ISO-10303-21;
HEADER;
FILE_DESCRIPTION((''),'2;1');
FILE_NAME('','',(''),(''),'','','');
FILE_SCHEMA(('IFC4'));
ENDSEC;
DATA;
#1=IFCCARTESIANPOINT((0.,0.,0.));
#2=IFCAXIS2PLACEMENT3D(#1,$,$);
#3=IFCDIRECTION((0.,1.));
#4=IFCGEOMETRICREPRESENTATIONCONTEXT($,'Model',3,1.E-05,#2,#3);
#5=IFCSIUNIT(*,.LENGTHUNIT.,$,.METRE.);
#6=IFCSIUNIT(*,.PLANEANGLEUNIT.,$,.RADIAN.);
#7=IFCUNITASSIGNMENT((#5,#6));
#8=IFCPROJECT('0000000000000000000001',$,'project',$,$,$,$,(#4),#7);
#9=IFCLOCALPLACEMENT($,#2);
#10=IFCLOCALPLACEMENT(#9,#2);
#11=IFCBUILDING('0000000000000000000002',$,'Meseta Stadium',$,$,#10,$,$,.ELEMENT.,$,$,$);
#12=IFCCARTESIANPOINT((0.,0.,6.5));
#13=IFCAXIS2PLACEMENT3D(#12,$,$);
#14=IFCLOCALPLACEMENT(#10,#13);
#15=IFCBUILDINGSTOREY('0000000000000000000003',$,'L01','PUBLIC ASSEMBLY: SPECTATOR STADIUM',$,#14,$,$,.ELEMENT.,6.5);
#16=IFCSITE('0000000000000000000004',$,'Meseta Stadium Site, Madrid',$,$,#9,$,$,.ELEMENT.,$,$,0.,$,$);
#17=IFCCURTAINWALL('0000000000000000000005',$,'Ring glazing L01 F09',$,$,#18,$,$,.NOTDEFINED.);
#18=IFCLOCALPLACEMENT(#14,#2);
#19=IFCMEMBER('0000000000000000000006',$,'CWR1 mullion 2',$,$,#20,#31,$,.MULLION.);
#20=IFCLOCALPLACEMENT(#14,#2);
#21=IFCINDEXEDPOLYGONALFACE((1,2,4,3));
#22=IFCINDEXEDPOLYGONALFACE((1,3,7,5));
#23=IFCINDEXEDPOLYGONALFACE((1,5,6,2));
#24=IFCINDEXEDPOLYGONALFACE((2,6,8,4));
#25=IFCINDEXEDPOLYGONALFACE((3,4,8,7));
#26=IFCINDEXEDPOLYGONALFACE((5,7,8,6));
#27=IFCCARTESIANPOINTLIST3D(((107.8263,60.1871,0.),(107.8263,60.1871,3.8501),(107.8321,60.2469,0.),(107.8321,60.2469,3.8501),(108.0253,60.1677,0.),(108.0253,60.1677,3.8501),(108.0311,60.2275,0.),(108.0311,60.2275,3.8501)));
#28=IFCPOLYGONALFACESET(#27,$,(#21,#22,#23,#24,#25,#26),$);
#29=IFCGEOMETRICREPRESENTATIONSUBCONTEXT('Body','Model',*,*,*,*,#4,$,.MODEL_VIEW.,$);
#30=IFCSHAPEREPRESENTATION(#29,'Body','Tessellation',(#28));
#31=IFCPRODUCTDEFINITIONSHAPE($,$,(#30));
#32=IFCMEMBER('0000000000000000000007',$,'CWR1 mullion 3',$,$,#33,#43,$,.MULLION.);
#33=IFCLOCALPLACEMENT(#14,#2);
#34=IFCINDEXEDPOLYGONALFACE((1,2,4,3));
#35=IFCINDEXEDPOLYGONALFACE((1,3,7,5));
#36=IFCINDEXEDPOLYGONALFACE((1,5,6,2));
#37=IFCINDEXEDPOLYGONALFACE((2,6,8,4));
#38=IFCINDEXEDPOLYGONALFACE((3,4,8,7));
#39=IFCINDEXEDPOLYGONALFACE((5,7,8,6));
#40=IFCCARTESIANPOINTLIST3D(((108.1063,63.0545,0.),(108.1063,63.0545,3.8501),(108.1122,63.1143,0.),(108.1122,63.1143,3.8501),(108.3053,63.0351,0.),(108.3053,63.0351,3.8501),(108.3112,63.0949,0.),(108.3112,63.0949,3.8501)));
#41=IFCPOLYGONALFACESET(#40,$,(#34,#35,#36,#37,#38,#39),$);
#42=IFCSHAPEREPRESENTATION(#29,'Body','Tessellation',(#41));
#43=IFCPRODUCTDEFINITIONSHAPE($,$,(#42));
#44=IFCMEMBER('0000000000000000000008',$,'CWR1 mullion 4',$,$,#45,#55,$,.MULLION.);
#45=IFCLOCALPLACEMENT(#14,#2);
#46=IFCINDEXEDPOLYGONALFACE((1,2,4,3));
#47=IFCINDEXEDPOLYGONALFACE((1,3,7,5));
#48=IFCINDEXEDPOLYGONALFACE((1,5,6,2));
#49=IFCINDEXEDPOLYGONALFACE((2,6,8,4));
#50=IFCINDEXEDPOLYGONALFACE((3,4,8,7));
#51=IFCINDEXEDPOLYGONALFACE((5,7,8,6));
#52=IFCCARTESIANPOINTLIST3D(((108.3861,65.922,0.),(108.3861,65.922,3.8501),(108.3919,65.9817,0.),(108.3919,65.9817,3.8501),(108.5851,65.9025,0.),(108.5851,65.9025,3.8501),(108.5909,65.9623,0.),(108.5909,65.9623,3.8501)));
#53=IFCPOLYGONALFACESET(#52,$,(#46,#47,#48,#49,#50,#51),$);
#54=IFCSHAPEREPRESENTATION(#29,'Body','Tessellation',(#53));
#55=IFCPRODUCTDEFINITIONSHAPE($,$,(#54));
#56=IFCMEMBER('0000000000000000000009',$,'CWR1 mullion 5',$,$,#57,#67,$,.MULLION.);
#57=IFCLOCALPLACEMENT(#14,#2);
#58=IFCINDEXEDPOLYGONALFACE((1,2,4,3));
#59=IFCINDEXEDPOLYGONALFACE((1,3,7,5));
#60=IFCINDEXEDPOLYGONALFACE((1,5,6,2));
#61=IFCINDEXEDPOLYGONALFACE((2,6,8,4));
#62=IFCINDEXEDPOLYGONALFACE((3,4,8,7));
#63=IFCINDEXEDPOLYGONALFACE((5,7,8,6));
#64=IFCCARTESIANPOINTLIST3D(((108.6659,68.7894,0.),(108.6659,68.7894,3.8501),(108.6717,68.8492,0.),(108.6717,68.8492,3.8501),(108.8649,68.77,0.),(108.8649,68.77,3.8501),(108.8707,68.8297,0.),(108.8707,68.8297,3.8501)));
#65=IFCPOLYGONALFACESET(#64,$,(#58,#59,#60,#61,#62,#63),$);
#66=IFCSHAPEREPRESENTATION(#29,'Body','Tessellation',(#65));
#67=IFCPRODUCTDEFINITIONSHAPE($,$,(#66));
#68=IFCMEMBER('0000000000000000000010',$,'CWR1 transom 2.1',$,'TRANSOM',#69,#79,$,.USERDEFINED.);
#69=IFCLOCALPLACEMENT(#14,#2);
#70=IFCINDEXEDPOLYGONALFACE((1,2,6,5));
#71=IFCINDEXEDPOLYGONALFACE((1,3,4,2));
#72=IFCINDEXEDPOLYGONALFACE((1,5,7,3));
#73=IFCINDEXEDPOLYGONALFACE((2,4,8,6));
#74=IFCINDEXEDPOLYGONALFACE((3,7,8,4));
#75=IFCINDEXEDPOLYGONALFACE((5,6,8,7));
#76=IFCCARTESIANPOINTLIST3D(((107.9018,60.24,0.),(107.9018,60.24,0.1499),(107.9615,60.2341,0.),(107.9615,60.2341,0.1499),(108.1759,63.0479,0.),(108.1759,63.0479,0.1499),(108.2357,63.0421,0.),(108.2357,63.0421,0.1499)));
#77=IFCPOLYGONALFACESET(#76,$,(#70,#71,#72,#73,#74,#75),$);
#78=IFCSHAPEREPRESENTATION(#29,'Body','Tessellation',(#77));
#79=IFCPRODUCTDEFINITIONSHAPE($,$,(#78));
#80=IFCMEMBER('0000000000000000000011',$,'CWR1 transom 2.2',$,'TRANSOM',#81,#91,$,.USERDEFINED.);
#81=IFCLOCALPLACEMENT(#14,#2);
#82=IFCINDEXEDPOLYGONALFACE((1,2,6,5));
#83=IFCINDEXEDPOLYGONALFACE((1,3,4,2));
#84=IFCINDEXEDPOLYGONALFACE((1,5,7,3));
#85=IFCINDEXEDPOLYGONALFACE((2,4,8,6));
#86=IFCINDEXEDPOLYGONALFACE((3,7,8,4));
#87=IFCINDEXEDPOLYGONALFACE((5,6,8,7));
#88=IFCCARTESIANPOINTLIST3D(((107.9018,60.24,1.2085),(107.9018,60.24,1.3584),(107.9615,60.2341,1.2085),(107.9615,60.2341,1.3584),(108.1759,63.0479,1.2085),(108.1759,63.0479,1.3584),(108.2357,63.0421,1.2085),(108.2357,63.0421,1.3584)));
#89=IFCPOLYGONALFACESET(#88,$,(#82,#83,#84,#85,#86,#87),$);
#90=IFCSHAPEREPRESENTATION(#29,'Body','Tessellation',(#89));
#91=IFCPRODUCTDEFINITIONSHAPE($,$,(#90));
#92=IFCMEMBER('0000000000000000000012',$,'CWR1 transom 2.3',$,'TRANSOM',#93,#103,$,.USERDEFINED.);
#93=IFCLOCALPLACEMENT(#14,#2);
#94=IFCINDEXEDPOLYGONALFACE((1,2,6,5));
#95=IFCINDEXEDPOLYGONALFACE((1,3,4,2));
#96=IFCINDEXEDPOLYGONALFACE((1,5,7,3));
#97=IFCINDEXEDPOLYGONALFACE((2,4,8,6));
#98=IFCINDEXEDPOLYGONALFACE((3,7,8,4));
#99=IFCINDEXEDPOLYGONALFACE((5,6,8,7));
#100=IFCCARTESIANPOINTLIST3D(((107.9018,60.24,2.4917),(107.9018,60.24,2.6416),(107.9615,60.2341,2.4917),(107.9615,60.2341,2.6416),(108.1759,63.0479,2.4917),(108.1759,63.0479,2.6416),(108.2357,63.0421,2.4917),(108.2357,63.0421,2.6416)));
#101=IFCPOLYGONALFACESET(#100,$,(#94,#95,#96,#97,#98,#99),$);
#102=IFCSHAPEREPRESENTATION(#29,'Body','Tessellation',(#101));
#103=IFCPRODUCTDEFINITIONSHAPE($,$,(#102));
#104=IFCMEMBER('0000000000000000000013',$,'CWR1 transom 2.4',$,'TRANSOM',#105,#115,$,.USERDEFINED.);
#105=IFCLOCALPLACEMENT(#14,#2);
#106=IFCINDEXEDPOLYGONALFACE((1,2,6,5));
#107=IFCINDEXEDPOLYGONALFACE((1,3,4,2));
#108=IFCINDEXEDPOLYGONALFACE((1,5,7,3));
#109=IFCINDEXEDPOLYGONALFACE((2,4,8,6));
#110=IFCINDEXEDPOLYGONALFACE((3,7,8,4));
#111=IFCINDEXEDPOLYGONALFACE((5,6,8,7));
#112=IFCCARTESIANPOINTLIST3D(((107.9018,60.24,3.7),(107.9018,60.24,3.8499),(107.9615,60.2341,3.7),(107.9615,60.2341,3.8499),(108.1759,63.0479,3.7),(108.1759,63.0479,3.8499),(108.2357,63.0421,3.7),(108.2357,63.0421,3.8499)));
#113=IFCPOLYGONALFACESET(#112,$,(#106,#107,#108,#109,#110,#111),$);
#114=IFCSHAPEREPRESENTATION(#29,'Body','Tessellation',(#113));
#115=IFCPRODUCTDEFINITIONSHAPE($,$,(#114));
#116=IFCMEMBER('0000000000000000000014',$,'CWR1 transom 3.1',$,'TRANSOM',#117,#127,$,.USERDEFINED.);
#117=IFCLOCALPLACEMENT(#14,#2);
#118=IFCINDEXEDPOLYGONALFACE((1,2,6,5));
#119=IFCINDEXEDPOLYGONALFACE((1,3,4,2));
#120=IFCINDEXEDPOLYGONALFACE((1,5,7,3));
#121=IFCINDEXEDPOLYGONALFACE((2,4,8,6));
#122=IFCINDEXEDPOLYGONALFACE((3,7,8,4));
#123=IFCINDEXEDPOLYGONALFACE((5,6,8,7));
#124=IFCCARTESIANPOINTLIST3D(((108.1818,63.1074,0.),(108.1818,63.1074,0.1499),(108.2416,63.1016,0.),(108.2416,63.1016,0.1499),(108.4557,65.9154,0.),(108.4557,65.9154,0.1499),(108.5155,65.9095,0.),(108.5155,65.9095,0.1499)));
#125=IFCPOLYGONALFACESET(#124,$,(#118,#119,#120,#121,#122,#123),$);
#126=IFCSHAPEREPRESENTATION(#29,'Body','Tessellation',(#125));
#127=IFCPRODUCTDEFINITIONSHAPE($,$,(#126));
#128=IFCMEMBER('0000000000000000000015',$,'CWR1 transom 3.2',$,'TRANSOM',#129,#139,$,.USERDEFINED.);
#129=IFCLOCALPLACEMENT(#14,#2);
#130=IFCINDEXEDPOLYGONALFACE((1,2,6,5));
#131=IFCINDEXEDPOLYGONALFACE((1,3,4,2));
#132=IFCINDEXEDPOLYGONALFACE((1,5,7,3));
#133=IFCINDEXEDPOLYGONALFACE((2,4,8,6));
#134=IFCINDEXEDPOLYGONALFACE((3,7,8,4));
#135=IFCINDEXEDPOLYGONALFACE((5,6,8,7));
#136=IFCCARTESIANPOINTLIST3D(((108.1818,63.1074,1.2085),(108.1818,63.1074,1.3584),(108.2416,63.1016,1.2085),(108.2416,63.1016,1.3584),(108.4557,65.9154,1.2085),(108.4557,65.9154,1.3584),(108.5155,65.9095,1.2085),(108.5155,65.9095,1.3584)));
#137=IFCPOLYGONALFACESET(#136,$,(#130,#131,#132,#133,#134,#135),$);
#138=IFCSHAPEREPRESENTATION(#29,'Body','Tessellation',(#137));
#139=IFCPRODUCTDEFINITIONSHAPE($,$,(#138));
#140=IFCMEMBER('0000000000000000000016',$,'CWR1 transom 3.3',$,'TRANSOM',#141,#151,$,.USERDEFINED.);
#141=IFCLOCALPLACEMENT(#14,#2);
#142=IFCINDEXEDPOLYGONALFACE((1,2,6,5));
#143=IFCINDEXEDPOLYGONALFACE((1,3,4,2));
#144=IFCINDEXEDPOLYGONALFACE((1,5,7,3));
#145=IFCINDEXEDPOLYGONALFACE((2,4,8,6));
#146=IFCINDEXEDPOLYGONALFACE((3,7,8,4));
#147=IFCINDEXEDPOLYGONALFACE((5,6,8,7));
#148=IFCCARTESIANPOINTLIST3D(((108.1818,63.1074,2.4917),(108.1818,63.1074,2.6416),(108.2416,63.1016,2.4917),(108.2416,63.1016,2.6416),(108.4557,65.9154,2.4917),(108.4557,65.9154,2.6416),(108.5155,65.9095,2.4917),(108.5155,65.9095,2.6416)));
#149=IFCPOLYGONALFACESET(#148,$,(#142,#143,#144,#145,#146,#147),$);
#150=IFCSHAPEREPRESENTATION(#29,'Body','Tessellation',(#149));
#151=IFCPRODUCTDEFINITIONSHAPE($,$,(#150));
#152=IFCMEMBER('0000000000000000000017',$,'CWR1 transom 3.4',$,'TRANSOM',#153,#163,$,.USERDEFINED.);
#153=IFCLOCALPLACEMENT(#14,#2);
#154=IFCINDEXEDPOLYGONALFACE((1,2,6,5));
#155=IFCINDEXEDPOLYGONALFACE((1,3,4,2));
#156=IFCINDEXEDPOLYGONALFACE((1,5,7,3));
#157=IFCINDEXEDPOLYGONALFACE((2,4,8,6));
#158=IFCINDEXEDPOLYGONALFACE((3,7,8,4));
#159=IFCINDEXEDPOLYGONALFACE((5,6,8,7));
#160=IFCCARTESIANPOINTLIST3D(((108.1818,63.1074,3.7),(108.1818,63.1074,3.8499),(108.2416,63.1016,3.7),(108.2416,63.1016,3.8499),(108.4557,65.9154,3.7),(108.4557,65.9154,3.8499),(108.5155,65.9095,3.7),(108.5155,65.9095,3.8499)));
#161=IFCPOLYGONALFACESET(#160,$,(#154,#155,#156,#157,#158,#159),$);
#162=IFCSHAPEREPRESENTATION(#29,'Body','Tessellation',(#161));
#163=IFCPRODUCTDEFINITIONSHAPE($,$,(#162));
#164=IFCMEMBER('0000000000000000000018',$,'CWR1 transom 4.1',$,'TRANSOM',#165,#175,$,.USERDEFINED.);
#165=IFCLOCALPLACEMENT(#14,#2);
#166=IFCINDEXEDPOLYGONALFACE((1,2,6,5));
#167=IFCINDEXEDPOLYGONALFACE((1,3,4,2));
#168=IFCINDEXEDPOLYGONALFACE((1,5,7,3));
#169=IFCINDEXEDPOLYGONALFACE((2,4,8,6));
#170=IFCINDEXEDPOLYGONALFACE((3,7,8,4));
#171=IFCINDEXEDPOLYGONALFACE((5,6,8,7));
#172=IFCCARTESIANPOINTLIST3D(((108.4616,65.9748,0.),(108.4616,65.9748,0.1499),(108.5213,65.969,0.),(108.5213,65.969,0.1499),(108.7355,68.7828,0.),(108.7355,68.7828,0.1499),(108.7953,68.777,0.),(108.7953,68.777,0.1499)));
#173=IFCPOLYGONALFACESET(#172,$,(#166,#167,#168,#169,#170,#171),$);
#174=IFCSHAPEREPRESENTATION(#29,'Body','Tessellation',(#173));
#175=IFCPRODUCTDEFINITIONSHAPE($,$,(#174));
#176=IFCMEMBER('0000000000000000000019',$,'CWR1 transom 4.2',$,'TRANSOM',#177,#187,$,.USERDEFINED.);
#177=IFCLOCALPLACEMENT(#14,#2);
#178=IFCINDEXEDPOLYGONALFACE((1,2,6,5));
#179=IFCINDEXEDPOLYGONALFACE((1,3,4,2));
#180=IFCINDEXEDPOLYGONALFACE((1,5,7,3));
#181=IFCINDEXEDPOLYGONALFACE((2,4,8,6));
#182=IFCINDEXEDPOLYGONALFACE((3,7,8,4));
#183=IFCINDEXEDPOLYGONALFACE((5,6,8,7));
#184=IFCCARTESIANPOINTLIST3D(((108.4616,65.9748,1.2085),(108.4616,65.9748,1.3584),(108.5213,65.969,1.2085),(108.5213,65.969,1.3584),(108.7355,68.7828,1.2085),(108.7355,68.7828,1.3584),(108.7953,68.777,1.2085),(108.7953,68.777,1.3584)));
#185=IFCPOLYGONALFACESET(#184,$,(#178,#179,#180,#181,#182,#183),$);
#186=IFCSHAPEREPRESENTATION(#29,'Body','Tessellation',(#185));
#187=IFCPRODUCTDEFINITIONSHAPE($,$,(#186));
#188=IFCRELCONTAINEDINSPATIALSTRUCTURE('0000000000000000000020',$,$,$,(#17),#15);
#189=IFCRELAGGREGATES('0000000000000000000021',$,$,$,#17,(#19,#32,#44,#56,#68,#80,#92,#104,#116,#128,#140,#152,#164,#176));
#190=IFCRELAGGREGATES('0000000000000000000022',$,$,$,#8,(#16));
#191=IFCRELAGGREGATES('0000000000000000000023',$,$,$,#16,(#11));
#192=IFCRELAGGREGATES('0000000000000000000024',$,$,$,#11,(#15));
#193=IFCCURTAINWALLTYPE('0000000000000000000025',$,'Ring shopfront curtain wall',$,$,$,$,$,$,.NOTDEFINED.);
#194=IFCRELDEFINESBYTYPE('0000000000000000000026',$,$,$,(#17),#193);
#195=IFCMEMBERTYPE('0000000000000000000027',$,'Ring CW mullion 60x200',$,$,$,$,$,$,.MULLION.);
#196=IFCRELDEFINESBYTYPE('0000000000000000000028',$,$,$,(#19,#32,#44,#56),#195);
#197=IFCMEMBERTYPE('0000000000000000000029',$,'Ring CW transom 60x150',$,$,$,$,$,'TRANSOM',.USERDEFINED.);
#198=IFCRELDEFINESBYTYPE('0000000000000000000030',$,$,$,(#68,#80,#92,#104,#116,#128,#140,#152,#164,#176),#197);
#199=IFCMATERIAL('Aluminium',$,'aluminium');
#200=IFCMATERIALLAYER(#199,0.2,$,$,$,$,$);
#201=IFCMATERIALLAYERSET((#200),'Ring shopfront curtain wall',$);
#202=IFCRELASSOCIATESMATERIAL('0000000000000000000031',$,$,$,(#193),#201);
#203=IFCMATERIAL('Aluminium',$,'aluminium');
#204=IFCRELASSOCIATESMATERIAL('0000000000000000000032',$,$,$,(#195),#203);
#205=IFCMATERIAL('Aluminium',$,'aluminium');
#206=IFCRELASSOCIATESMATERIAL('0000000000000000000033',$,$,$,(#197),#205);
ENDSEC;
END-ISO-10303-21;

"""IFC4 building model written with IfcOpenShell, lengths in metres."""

from ifc_helpers import new_model, si_unit, direction, frame, origin, origin_2d, place, context, subcontext, project, spatial, rectangle, extrude, material, layer, layer_set, material_profile, profile_set, type_object, element, aggregate, save


model = new_model("IFC4")

# Units and contexts
model_context = context("Model", 3, precision=1e-05, world=origin(), true_north=direction((0.0, 1.0)))
body_context = subcontext(model_context, "Body", "Model", "MODEL_VIEW")
ifc_project = project(units=[si_unit("LENGTHUNIT", "METRE"), si_unit("PLANEANGLEUNIT", "RADIAN")], contexts=[model_context])

# Site, building, storey
site_placement = place(None, origin())
site = spatial("IfcSite", under=ifc_project, at=site_placement, Name="Meseta Stadium Site, Madrid", CompositionType="ELEMENT", RefElevation=0.0)
building_placement = place(site_placement, origin())
building = spatial("IfcBuilding", under=site, at=building_placement, Name="Meseta Stadium", CompositionType="ELEMENT")
storey_placement = place(building_placement, frame((0.0, 0.0, 6.5)))
storey = spatial("IfcBuildingStorey", under=building, at=storey_placement, Name="L01", Description="PUBLIC ASSEMBLY: SPECTATOR STADIUM", CompositionType="ELEMENT", Elevation=6.5)

# Curtain wall, members
ifc_material_1 = material(Name="Aluminium", Category="aluminium")
ifc_layer_1 = layer(ifc_material_1, 0.2)
ifc_layer_set_1 = layer_set([ifc_layer_1], Name="Ring shopfront curtain wall")
curtain_wall_type = type_object("IfcCurtainWallType", Name="Ring shopfront curtain wall", PredefinedType="NOTDEFINED", material=ifc_layer_set_1)
curtain_wall_placement = place(storey_placement, origin())
curtain_wall = element("IfcCurtainWall", 1, at=curtain_wall_placement, inside=storey, type_object=curtain_wall_type, Name="Ring glazing L01 F09", PredefinedType="NOTDEFINED")
ifc_material_2 = material(Name="Aluminium", Category="aluminium")
ifc_material_profile_1 = material_profile(ifc_material_2, rectangle(XDim=0.2, YDim=0.0601, at=origin_2d()), Name="CW 200x60")
ifc_profile_set_1 = profile_set([ifc_material_profile_1], Name="Aluminium")
member_type_1 = type_object("IfcMemberType", Name="Ring CW mullion 60x200", PredefinedType="MULLION", material=ifc_profile_set_1)
member_1_placement = place(storey_placement, frame((107.9287, 60.2073, 0.0), z_axis=(0.0, 0.0, 1.0), x_axis=(-0.995272, 0.097125, 0.0)))
member_1 = element("IfcMember", 2, at=member_1_placement, type_object=member_type_1, Name="CWR1 mullion 2", PredefinedType="MULLION", context=body_context, shape_type="SweptSolid", body=[
    extrude(rectangle(XDim=0.2, YDim=0.0601, at=origin_2d()), origin(), (0.0, 0.0, 1.0), 3.8501),
])
member_2_placement = place(storey_placement, frame((108.2087, 63.0747, 0.0), z_axis=(0.0, 0.0, 1.0), x_axis=(-0.995272, 0.097125, 0.0)))
member_2 = element("IfcMember", 3, at=member_2_placement, type_object=member_type_1, Name="CWR1 mullion 3", PredefinedType="MULLION", context=body_context, shape_type="SweptSolid", body=[
    extrude(rectangle(XDim=0.2, YDim=0.0601, at=origin_2d()), origin(), (0.0, 0.0, 1.0), 3.8501),
])
member_3_placement = place(storey_placement, frame((108.4885, 65.9421, 0.0), z_axis=(0.0, 0.0, 1.0), x_axis=(-0.995272, 0.097125, 0.0)))
member_3 = element("IfcMember", 4, at=member_3_placement, type_object=member_type_1, Name="CWR1 mullion 4", PredefinedType="MULLION", context=body_context, shape_type="SweptSolid", body=[
    extrude(rectangle(XDim=0.2, YDim=0.0601, at=origin_2d()), origin(), (0.0, 0.0, 1.0), 3.8501),
])
member_4_placement = place(storey_placement, frame((108.7683, 68.8096, 0.0), z_axis=(0.0, 0.0, 1.0), x_axis=(-0.995272, 0.097125, 0.0)))
member_4 = element("IfcMember", 5, at=member_4_placement, type_object=member_type_1, Name="CWR1 mullion 5", PredefinedType="MULLION", context=body_context, shape_type="SweptSolid", body=[
    extrude(rectangle(XDim=0.2, YDim=0.0601, at=origin_2d()), origin(), (0.0, 0.0, 1.0), 3.8501),
])
ifc_material_3 = material(Name="Aluminium", Category="aluminium")
ifc_material_profile_2 = material_profile(ifc_material_3, rectangle(XDim=0.0601, YDim=0.1499, at=origin_2d()), Name="CW 60x150")
ifc_profile_set_2 = profile_set([ifc_material_profile_2], Name="Aluminium")
member_type_2 = type_object("IfcMemberType", Name="Ring CW transom 60x150", ElementType="TRANSOM", PredefinedType="USERDEFINED", material=ifc_profile_set_2)
member_5_placement = place(storey_placement, frame((107.9316, 60.2371, 0.075), z_axis=(0.097182, 0.995267, 0.0), x_axis=(-0.995267, 0.097182, 0.0)))
member_5 = element("IfcMember", 6, at=member_5_placement, type_object=member_type_2, Name="CWR1 transom 2.1", ObjectType="TRANSOM", PredefinedType="USERDEFINED", context=body_context, shape_type="SweptSolid", body=[
    extrude(rectangle(XDim=0.0601, YDim=0.1499, at=origin_2d()), origin(), (0.0, 0.0, 1.0), 2.8213),
])
member_6_placement = place(storey_placement, frame((107.9316, 60.2371, 1.2834), z_axis=(0.097182, 0.995267, 0.0), x_axis=(-0.995267, 0.097182, 0.0)))
member_6 = element("IfcMember", 7, at=member_6_placement, type_object=member_type_2, Name="CWR1 transom 2.2", ObjectType="TRANSOM", PredefinedType="USERDEFINED", context=body_context, shape_type="SweptSolid", body=[
    extrude(rectangle(XDim=0.0601, YDim=0.1499, at=origin_2d()), origin(), (0.0, 0.0, 1.0), 2.8213),
])
member_7_placement = place(storey_placement, frame((107.9316, 60.2371, 2.5667), z_axis=(0.097182, 0.995267, 0.0), x_axis=(-0.995267, 0.097182, 0.0)))
member_7 = element("IfcMember", 8, at=member_7_placement, type_object=member_type_2, Name="CWR1 transom 2.3", ObjectType="TRANSOM", PredefinedType="USERDEFINED", context=body_context, shape_type="SweptSolid", body=[
    extrude(rectangle(XDim=0.0601, YDim=0.1499, at=origin_2d()), origin(), (0.0, 0.0, 1.0), 2.8213),
])
member_8_placement = place(storey_placement, frame((107.9316, 60.2371, 3.7749), z_axis=(0.097182, 0.995267, 0.0), x_axis=(-0.995267, 0.097182, 0.0)))
member_8 = element("IfcMember", 9, at=member_8_placement, type_object=member_type_2, Name="CWR1 transom 2.4", ObjectType="TRANSOM", PredefinedType="USERDEFINED", context=body_context, shape_type="SweptSolid", body=[
    extrude(rectangle(XDim=0.0601, YDim=0.1499, at=origin_2d()), origin(), (0.0, 0.0, 1.0), 2.8213),
])
member_9_placement = place(storey_placement, frame((108.2117, 63.1045, 0.075), z_axis=(0.097096, 0.995275, 0.0), x_axis=(-0.995275, 0.097096, 0.0)))
member_9 = element("IfcMember", 10, at=member_9_placement, type_object=member_type_2, Name="CWR1 transom 3.1", ObjectType="TRANSOM", PredefinedType="USERDEFINED", context=body_context, shape_type="SweptSolid", body=[
    extrude(rectangle(XDim=0.0601, YDim=0.1499, at=origin_2d()), origin(), (0.0, 0.0, 1.0), 2.8213),
])
member_10_placement = place(storey_placement, frame((108.2117, 63.1045, 1.2834), z_axis=(0.097096, 0.995275, 0.0), x_axis=(-0.995275, 0.097096, 0.0)))
member_10 = element("IfcMember", 11, at=member_10_placement, type_object=member_type_2, Name="CWR1 transom 3.2", ObjectType="TRANSOM", PredefinedType="USERDEFINED", context=body_context, shape_type="SweptSolid", body=[
    extrude(rectangle(XDim=0.0601, YDim=0.1499, at=origin_2d()), origin(), (0.0, 0.0, 1.0), 2.8213),
])
member_11_placement = place(storey_placement, frame((108.2117, 63.1045, 2.5667), z_axis=(0.097096, 0.995275, 0.0), x_axis=(-0.995275, 0.097096, 0.0)))
member_11 = element("IfcMember", 12, at=member_11_placement, type_object=member_type_2, Name="CWR1 transom 3.3", ObjectType="TRANSOM", PredefinedType="USERDEFINED", context=body_context, shape_type="SweptSolid", body=[
    extrude(rectangle(XDim=0.0601, YDim=0.1499, at=origin_2d()), origin(), (0.0, 0.0, 1.0), 2.8213),
])
member_12_placement = place(storey_placement, frame((108.2117, 63.1045, 3.7749), z_axis=(0.097096, 0.995275, 0.0), x_axis=(-0.995275, 0.097096, 0.0)))
member_12 = element("IfcMember", 13, at=member_12_placement, type_object=member_type_2, Name="CWR1 transom 3.4", ObjectType="TRANSOM", PredefinedType="USERDEFINED", context=body_context, shape_type="SweptSolid", body=[
    extrude(rectangle(XDim=0.0601, YDim=0.1499, at=origin_2d()), origin(), (0.0, 0.0, 1.0), 2.8213),
])
member_13_placement = place(storey_placement, frame((108.4915, 65.9719, 0.075), z_axis=(0.097096, 0.995275, 0.0), x_axis=(-0.995275, 0.097096, 0.0)))
member_13 = element("IfcMember", 14, at=member_13_placement, type_object=member_type_2, Name="CWR1 transom 4.1", ObjectType="TRANSOM", PredefinedType="USERDEFINED", context=body_context, shape_type="SweptSolid", body=[
    extrude(rectangle(XDim=0.0601, YDim=0.1499, at=origin_2d()), origin(), (0.0, 0.0, 1.0), 2.8213),
])
member_14_placement = place(storey_placement, frame((108.4915, 65.9719, 1.2834), z_axis=(0.097096, 0.995275, 0.0), x_axis=(-0.995275, 0.097096, 0.0)))
member_14 = element("IfcMember", 15, at=member_14_placement, type_object=member_type_2, Name="CWR1 transom 4.2", ObjectType="TRANSOM", PredefinedType="USERDEFINED", context=body_context, shape_type="SweptSolid", body=[
    extrude(rectangle(XDim=0.0601, YDim=0.1499, at=origin_2d()), origin(), (0.0, 0.0, 1.0), 2.8213),
])
aggregate(curtain_wall, [member_1, member_2, member_3, member_4, member_5, member_6, member_7, member_8, member_9, member_10, member_11, member_12, member_13, member_14])

save(model, "model.ifc")
